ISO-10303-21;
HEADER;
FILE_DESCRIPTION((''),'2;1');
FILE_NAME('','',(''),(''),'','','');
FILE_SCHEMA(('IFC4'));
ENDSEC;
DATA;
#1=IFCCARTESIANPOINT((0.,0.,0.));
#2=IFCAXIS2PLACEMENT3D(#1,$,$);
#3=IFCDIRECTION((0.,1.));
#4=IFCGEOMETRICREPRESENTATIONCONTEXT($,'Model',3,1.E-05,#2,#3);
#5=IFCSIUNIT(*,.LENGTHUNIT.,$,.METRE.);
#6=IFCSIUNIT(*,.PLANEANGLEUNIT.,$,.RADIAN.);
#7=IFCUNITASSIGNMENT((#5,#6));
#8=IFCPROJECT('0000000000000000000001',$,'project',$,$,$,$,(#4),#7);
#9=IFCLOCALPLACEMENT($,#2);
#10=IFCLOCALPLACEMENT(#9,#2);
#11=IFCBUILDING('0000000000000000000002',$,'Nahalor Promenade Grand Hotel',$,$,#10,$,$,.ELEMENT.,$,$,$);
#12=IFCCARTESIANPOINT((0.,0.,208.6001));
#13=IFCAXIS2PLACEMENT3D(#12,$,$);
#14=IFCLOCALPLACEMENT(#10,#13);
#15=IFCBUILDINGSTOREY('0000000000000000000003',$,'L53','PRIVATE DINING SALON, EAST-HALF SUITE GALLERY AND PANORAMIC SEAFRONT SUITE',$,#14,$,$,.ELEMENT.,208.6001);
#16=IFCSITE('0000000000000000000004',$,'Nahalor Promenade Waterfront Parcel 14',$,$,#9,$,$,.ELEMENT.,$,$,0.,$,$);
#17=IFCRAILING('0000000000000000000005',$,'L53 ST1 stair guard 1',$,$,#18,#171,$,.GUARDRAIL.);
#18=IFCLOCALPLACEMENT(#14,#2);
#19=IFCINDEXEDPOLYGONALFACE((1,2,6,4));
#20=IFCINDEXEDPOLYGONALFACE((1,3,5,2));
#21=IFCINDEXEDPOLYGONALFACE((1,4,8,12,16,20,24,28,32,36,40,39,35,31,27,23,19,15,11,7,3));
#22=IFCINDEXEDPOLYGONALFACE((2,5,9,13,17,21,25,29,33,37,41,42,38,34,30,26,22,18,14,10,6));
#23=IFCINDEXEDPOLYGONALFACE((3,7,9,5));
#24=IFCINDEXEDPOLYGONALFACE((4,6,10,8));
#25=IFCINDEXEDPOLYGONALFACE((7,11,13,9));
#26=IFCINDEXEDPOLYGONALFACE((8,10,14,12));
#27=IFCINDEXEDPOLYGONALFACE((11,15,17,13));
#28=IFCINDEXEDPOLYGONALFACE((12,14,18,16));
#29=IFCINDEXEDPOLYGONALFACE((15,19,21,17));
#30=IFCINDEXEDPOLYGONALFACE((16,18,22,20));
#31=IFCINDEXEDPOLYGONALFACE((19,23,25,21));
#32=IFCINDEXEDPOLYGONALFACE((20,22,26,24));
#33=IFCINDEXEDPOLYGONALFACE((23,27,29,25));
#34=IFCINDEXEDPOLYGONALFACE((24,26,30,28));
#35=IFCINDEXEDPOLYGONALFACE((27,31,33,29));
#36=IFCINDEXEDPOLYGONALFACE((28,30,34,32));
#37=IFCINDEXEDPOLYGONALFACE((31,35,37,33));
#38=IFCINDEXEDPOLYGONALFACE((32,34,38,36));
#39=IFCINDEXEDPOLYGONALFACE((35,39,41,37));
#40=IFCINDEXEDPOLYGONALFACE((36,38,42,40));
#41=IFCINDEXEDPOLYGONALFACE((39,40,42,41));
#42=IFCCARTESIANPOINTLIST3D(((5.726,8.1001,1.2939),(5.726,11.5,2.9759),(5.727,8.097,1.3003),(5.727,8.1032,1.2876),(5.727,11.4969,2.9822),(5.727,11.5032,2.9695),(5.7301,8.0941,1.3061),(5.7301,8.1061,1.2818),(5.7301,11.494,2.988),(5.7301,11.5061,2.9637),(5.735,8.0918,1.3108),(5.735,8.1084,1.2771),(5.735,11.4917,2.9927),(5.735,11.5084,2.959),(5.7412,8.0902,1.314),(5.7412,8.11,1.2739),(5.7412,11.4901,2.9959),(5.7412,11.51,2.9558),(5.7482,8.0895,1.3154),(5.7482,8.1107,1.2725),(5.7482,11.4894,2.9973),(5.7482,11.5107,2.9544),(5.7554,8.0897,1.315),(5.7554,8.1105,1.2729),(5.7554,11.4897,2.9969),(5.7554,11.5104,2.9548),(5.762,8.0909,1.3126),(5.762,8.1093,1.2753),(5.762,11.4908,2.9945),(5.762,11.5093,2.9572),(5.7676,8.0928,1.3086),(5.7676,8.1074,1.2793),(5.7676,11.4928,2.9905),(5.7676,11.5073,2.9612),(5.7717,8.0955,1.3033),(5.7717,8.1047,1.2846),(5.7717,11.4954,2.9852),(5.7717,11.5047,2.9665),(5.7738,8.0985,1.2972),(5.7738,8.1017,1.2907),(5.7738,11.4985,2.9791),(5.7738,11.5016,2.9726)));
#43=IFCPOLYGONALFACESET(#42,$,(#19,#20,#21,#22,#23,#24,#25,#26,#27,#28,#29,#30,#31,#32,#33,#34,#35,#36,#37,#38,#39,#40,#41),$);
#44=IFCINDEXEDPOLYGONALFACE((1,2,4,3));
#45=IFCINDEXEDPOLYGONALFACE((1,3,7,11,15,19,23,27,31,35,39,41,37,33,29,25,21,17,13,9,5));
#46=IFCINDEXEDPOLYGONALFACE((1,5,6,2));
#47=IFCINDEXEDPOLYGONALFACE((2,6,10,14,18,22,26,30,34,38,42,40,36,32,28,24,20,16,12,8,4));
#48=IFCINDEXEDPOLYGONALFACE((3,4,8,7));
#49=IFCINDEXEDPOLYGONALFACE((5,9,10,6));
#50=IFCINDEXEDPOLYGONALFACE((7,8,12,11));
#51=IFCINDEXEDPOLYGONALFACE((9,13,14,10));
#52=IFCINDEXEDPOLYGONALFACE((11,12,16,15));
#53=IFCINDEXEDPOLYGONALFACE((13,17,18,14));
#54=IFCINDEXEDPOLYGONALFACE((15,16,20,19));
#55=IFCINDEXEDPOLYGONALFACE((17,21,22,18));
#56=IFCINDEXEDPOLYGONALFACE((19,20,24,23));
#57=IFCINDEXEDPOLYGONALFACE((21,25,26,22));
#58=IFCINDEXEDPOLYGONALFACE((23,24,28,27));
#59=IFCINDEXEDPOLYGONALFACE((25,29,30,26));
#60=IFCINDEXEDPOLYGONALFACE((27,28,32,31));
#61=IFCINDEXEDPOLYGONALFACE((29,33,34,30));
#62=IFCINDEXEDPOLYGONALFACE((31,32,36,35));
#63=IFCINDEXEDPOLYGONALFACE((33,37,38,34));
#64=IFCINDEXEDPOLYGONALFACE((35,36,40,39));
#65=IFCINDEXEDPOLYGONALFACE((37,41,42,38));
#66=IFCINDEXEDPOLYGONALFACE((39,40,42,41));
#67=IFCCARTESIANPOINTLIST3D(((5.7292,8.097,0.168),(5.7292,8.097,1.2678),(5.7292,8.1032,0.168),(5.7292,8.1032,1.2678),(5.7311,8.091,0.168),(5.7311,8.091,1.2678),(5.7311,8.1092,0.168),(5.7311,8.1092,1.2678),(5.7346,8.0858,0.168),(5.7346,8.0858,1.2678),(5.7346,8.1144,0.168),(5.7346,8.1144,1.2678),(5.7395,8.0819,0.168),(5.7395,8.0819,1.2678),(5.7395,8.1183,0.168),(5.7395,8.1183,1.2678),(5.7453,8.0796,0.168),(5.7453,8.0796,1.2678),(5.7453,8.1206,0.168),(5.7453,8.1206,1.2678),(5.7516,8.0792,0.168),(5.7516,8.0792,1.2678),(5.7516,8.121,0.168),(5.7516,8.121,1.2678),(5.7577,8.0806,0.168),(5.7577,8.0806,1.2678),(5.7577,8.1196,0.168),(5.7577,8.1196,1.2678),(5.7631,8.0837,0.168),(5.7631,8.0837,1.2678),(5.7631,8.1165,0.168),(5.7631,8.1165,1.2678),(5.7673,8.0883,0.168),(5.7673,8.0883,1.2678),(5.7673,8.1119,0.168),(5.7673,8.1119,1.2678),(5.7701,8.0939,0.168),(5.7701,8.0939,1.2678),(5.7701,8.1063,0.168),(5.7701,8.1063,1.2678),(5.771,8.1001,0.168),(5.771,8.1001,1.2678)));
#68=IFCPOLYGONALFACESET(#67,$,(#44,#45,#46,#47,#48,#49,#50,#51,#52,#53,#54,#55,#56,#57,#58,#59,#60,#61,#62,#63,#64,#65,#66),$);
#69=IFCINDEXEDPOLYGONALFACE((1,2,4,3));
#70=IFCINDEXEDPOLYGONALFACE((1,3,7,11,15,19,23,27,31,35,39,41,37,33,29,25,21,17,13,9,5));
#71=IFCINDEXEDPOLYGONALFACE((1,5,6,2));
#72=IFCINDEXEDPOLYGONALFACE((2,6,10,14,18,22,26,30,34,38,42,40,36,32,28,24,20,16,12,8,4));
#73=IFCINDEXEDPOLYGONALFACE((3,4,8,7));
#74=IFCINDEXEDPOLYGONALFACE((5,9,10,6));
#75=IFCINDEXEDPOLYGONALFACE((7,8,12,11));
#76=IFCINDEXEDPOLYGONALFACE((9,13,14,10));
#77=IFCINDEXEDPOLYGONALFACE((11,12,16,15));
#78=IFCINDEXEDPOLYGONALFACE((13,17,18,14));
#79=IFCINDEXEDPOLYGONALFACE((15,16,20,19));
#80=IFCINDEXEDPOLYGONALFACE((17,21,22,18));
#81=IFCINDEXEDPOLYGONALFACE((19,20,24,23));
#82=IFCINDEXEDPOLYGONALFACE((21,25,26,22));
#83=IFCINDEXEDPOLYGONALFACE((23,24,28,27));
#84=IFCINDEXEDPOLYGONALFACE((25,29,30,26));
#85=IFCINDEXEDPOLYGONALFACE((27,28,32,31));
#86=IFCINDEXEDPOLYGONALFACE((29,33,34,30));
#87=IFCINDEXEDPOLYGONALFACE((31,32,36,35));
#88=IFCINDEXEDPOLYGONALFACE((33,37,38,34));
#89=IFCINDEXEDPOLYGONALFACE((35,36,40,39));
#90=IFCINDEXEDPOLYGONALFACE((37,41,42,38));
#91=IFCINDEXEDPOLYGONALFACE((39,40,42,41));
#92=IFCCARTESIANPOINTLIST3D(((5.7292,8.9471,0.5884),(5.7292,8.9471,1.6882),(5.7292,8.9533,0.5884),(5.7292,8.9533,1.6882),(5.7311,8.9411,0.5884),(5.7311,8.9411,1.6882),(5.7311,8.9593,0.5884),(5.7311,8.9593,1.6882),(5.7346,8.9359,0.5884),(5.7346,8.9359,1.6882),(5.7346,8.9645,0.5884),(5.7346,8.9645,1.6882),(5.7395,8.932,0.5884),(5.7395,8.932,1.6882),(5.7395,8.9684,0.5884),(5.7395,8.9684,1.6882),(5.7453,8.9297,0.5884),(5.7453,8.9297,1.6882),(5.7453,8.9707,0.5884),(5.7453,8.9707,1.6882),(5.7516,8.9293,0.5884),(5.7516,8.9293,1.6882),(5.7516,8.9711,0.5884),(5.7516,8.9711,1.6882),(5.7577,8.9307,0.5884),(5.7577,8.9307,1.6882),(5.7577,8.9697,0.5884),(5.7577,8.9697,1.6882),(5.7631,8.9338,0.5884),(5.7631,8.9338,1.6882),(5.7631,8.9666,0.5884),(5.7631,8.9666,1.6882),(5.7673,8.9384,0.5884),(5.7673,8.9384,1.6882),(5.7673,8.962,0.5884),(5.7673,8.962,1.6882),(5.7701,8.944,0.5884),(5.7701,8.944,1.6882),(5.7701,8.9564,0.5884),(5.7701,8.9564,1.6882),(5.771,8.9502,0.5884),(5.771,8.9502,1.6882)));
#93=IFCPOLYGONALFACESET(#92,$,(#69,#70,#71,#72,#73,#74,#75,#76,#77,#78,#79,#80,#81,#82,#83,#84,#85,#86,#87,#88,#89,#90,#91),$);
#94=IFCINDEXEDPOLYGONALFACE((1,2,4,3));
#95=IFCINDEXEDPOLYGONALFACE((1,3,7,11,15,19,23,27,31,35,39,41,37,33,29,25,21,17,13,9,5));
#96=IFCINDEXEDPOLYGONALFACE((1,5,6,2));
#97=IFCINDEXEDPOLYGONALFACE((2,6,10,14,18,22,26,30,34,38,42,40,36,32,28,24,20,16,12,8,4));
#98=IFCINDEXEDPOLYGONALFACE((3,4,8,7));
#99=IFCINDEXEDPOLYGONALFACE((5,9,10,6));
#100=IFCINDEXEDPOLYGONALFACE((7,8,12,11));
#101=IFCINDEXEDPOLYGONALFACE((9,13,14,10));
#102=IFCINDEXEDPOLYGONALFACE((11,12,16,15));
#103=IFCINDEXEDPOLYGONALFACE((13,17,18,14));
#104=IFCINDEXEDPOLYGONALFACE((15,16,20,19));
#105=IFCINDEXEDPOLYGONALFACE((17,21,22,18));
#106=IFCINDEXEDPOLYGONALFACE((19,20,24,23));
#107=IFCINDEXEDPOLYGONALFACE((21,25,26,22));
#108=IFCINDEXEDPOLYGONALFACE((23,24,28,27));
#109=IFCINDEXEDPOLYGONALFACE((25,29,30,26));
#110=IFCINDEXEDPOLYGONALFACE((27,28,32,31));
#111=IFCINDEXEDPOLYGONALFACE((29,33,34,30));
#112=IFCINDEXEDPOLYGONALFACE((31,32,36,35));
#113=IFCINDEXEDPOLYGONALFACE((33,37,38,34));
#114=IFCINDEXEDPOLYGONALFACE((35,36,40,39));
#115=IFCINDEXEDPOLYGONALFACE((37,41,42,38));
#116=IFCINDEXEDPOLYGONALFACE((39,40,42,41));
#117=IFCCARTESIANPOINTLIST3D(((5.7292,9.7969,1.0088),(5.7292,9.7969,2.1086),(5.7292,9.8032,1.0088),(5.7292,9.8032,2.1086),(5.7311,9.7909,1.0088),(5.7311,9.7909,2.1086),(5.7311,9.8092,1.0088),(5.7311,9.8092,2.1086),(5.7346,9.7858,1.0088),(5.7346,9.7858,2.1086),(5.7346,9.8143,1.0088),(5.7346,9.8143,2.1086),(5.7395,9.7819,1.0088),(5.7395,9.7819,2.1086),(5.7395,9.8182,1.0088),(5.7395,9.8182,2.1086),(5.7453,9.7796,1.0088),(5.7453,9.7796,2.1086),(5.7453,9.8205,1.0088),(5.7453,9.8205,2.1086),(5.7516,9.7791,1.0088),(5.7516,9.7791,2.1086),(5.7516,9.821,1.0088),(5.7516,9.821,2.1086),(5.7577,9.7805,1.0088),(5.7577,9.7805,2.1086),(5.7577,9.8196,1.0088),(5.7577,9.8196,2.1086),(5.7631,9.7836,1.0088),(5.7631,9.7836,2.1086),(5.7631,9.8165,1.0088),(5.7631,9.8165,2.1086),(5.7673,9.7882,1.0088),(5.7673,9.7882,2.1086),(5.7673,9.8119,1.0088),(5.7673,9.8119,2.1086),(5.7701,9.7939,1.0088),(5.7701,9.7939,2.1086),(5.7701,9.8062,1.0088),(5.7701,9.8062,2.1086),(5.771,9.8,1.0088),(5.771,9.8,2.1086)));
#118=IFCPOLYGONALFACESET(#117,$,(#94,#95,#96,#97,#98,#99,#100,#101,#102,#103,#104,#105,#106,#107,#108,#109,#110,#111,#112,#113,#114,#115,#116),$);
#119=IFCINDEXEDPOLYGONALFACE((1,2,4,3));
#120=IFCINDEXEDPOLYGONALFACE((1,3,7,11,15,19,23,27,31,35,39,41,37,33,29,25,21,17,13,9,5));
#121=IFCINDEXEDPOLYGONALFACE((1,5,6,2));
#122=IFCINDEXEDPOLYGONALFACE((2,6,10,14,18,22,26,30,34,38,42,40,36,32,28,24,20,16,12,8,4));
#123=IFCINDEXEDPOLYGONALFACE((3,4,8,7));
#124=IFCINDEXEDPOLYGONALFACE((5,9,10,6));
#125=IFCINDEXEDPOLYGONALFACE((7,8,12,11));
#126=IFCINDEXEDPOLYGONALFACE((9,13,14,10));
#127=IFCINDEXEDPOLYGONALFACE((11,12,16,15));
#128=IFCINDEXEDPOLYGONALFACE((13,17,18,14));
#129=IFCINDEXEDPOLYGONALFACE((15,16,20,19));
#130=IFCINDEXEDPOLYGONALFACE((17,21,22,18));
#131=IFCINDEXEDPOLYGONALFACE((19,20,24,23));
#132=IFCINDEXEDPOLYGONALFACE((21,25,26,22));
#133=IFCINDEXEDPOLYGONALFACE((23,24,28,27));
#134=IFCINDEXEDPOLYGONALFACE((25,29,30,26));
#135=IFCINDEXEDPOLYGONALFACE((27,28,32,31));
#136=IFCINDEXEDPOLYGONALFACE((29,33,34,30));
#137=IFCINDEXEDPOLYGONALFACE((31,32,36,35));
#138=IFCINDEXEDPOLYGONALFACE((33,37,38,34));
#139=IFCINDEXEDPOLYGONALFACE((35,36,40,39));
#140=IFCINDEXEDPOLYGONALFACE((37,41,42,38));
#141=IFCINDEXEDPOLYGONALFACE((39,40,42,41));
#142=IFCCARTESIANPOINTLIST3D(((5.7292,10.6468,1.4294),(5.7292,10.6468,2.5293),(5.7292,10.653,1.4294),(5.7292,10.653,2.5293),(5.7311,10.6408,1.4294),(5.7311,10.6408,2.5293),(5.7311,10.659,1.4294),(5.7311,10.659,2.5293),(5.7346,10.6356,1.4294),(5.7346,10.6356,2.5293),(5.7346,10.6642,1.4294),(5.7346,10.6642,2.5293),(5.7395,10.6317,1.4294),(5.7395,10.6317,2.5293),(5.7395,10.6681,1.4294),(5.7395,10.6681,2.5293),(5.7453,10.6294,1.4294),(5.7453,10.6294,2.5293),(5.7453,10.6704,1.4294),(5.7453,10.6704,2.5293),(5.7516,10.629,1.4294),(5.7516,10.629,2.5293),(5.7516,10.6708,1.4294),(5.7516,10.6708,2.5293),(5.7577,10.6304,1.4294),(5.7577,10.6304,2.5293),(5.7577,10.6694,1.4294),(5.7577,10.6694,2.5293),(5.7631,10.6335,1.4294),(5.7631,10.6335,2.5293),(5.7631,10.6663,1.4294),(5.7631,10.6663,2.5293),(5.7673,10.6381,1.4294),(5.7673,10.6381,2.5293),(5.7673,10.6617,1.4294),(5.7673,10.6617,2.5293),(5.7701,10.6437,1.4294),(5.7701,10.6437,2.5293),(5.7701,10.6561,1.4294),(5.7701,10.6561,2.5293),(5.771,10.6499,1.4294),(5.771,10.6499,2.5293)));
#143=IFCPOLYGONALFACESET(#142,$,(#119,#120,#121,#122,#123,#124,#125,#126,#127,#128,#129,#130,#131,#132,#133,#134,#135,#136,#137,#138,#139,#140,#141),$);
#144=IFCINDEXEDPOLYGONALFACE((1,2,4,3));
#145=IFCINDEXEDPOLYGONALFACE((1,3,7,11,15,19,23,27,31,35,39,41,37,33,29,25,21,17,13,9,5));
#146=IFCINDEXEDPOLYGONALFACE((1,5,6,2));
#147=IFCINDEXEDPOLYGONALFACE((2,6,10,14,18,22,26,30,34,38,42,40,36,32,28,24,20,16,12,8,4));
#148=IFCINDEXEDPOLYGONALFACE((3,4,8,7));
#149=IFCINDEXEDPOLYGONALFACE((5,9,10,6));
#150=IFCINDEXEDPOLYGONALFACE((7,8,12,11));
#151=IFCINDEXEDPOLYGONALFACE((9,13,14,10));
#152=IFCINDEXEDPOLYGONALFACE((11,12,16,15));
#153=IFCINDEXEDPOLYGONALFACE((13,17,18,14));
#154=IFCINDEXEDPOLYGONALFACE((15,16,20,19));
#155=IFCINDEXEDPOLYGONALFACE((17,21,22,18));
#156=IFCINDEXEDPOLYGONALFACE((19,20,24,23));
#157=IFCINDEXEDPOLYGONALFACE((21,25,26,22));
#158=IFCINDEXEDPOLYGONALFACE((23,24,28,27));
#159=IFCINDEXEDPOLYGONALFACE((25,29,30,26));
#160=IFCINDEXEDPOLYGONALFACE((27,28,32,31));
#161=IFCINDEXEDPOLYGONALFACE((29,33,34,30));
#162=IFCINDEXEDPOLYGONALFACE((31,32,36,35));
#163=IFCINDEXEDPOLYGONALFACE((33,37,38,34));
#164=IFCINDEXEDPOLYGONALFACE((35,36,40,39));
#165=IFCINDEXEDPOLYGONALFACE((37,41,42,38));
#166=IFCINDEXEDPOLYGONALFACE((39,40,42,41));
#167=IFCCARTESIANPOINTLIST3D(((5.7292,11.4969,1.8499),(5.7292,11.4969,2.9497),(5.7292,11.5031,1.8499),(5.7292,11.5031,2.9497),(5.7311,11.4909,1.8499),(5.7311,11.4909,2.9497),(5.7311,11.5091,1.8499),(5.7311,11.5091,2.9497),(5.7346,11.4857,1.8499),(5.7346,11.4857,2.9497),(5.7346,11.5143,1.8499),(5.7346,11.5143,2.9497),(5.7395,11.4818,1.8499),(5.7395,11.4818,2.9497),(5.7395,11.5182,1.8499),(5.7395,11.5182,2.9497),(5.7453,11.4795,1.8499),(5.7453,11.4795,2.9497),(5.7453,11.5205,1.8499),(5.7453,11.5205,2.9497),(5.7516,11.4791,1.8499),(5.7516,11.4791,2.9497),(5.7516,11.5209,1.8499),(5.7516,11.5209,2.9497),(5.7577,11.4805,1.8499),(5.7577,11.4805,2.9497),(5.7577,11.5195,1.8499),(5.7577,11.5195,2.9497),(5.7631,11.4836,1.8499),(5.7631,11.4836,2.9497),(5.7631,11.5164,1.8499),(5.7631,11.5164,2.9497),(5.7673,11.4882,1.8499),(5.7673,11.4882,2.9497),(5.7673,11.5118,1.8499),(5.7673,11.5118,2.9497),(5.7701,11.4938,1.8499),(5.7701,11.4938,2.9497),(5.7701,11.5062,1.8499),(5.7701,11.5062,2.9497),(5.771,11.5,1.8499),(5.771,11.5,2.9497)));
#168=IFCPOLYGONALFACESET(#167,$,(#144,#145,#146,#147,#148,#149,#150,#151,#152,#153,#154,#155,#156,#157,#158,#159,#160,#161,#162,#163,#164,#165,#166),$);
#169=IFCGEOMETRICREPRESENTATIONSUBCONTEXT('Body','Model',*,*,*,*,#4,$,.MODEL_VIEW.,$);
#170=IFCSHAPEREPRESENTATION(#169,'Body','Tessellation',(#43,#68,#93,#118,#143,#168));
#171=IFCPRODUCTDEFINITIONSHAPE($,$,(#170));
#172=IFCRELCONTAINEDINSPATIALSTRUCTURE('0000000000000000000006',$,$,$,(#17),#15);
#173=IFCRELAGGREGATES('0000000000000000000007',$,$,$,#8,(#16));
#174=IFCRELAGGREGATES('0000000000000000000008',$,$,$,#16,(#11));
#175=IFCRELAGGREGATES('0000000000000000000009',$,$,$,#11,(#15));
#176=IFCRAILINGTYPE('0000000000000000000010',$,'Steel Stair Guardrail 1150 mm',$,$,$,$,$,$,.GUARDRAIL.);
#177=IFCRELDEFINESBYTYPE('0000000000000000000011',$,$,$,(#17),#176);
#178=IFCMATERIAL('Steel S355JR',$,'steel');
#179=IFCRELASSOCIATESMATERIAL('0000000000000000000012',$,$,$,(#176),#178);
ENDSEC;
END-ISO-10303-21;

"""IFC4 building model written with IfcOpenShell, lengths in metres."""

from ifc_helpers import new_model, si_unit, direction, frame, origin, origin_2d, place, context, subcontext, project, spatial, circle, extrude, material, type_object, element, save


model = new_model("IFC4")

# Units and contexts
model_context = context("Model", 3, precision=1e-05, world=origin(), true_north=direction((0.0, 1.0)))
body_context = subcontext(model_context, "Body", "Model", "MODEL_VIEW")
ifc_project = project(units=[si_unit("LENGTHUNIT", "METRE"), si_unit("PLANEANGLEUNIT", "RADIAN")], contexts=[model_context])

# Site, building, storey
site_placement = place(None, origin())
site = spatial("IfcSite", under=ifc_project, at=site_placement, Name="Nahalor Promenade Waterfront Parcel 14", CompositionType="ELEMENT", RefElevation=0.0)
building_placement = place(site_placement, origin())
building = spatial("IfcBuilding", under=site, at=building_placement, Name="Nahalor Promenade Grand Hotel", CompositionType="ELEMENT")
storey_placement = place(building_placement, frame((0.0, 0.0, 208.6001)))
storey = spatial("IfcBuildingStorey", under=building, at=storey_placement, Name="L53", Description="PRIVATE DINING SALON, EAST-HALF SUITE GALLERY AND PANORAMIC SEAFRONT SUITE", CompositionType="ELEMENT", Elevation=208.6001)

# Shared definitions
ifc_material_1 = material(Name="Steel S355JR", Category="steel")

# Railing
railing_type_1 = type_object("IfcRailingType", Name="Steel Stair Guardrail 1150 mm", PredefinedType="GUARDRAIL", material=ifc_material_1)
railing_1_placement = place(storey_placement, frame((5.75, 8.1001, 0.168)))
element("IfcRailing", 1, at=railing_1_placement, inside=storey, type_object=railing_type_1, Name="L53 ST1 stair guard 1", PredefinedType="GUARDRAIL", context=body_context, shape_type="SweptSolid", body=[
    extrude(circle(Radius=0.024, at=origin_2d()), frame((0.0, 0.0, 1.126), z_axis=(0.0, 0.896324, 0.443399), x_axis=(-1.0, 0.0, 0.0)), (0.0, 0.0, 1.0), 3.7932),
    extrude(circle(Radius=0.021, at=origin_2d()), origin(), (0.0, 0.0, 1.0), 1.0999),
    extrude(circle(Radius=0.021, at=origin_2d()), frame((0.0, 0.8501, 0.4204)), (0.0, 0.0, 1.0), 1.0999),
    extrude(circle(Radius=0.021, at=origin_2d()), frame((0.0, 1.7, 0.8408)), (0.0, 0.0, 1.0), 1.0999),
    extrude(circle(Radius=0.021, at=origin_2d()), frame((0.0, 2.5498, 1.2615)), (0.0, 0.0, 1.0), 1.0999),
    extrude(circle(Radius=0.021, at=origin_2d()), frame((0.0, 3.3999, 1.6819)), (0.0, 0.0, 1.0), 1.0999),
])

save(model, "model.ifc")
